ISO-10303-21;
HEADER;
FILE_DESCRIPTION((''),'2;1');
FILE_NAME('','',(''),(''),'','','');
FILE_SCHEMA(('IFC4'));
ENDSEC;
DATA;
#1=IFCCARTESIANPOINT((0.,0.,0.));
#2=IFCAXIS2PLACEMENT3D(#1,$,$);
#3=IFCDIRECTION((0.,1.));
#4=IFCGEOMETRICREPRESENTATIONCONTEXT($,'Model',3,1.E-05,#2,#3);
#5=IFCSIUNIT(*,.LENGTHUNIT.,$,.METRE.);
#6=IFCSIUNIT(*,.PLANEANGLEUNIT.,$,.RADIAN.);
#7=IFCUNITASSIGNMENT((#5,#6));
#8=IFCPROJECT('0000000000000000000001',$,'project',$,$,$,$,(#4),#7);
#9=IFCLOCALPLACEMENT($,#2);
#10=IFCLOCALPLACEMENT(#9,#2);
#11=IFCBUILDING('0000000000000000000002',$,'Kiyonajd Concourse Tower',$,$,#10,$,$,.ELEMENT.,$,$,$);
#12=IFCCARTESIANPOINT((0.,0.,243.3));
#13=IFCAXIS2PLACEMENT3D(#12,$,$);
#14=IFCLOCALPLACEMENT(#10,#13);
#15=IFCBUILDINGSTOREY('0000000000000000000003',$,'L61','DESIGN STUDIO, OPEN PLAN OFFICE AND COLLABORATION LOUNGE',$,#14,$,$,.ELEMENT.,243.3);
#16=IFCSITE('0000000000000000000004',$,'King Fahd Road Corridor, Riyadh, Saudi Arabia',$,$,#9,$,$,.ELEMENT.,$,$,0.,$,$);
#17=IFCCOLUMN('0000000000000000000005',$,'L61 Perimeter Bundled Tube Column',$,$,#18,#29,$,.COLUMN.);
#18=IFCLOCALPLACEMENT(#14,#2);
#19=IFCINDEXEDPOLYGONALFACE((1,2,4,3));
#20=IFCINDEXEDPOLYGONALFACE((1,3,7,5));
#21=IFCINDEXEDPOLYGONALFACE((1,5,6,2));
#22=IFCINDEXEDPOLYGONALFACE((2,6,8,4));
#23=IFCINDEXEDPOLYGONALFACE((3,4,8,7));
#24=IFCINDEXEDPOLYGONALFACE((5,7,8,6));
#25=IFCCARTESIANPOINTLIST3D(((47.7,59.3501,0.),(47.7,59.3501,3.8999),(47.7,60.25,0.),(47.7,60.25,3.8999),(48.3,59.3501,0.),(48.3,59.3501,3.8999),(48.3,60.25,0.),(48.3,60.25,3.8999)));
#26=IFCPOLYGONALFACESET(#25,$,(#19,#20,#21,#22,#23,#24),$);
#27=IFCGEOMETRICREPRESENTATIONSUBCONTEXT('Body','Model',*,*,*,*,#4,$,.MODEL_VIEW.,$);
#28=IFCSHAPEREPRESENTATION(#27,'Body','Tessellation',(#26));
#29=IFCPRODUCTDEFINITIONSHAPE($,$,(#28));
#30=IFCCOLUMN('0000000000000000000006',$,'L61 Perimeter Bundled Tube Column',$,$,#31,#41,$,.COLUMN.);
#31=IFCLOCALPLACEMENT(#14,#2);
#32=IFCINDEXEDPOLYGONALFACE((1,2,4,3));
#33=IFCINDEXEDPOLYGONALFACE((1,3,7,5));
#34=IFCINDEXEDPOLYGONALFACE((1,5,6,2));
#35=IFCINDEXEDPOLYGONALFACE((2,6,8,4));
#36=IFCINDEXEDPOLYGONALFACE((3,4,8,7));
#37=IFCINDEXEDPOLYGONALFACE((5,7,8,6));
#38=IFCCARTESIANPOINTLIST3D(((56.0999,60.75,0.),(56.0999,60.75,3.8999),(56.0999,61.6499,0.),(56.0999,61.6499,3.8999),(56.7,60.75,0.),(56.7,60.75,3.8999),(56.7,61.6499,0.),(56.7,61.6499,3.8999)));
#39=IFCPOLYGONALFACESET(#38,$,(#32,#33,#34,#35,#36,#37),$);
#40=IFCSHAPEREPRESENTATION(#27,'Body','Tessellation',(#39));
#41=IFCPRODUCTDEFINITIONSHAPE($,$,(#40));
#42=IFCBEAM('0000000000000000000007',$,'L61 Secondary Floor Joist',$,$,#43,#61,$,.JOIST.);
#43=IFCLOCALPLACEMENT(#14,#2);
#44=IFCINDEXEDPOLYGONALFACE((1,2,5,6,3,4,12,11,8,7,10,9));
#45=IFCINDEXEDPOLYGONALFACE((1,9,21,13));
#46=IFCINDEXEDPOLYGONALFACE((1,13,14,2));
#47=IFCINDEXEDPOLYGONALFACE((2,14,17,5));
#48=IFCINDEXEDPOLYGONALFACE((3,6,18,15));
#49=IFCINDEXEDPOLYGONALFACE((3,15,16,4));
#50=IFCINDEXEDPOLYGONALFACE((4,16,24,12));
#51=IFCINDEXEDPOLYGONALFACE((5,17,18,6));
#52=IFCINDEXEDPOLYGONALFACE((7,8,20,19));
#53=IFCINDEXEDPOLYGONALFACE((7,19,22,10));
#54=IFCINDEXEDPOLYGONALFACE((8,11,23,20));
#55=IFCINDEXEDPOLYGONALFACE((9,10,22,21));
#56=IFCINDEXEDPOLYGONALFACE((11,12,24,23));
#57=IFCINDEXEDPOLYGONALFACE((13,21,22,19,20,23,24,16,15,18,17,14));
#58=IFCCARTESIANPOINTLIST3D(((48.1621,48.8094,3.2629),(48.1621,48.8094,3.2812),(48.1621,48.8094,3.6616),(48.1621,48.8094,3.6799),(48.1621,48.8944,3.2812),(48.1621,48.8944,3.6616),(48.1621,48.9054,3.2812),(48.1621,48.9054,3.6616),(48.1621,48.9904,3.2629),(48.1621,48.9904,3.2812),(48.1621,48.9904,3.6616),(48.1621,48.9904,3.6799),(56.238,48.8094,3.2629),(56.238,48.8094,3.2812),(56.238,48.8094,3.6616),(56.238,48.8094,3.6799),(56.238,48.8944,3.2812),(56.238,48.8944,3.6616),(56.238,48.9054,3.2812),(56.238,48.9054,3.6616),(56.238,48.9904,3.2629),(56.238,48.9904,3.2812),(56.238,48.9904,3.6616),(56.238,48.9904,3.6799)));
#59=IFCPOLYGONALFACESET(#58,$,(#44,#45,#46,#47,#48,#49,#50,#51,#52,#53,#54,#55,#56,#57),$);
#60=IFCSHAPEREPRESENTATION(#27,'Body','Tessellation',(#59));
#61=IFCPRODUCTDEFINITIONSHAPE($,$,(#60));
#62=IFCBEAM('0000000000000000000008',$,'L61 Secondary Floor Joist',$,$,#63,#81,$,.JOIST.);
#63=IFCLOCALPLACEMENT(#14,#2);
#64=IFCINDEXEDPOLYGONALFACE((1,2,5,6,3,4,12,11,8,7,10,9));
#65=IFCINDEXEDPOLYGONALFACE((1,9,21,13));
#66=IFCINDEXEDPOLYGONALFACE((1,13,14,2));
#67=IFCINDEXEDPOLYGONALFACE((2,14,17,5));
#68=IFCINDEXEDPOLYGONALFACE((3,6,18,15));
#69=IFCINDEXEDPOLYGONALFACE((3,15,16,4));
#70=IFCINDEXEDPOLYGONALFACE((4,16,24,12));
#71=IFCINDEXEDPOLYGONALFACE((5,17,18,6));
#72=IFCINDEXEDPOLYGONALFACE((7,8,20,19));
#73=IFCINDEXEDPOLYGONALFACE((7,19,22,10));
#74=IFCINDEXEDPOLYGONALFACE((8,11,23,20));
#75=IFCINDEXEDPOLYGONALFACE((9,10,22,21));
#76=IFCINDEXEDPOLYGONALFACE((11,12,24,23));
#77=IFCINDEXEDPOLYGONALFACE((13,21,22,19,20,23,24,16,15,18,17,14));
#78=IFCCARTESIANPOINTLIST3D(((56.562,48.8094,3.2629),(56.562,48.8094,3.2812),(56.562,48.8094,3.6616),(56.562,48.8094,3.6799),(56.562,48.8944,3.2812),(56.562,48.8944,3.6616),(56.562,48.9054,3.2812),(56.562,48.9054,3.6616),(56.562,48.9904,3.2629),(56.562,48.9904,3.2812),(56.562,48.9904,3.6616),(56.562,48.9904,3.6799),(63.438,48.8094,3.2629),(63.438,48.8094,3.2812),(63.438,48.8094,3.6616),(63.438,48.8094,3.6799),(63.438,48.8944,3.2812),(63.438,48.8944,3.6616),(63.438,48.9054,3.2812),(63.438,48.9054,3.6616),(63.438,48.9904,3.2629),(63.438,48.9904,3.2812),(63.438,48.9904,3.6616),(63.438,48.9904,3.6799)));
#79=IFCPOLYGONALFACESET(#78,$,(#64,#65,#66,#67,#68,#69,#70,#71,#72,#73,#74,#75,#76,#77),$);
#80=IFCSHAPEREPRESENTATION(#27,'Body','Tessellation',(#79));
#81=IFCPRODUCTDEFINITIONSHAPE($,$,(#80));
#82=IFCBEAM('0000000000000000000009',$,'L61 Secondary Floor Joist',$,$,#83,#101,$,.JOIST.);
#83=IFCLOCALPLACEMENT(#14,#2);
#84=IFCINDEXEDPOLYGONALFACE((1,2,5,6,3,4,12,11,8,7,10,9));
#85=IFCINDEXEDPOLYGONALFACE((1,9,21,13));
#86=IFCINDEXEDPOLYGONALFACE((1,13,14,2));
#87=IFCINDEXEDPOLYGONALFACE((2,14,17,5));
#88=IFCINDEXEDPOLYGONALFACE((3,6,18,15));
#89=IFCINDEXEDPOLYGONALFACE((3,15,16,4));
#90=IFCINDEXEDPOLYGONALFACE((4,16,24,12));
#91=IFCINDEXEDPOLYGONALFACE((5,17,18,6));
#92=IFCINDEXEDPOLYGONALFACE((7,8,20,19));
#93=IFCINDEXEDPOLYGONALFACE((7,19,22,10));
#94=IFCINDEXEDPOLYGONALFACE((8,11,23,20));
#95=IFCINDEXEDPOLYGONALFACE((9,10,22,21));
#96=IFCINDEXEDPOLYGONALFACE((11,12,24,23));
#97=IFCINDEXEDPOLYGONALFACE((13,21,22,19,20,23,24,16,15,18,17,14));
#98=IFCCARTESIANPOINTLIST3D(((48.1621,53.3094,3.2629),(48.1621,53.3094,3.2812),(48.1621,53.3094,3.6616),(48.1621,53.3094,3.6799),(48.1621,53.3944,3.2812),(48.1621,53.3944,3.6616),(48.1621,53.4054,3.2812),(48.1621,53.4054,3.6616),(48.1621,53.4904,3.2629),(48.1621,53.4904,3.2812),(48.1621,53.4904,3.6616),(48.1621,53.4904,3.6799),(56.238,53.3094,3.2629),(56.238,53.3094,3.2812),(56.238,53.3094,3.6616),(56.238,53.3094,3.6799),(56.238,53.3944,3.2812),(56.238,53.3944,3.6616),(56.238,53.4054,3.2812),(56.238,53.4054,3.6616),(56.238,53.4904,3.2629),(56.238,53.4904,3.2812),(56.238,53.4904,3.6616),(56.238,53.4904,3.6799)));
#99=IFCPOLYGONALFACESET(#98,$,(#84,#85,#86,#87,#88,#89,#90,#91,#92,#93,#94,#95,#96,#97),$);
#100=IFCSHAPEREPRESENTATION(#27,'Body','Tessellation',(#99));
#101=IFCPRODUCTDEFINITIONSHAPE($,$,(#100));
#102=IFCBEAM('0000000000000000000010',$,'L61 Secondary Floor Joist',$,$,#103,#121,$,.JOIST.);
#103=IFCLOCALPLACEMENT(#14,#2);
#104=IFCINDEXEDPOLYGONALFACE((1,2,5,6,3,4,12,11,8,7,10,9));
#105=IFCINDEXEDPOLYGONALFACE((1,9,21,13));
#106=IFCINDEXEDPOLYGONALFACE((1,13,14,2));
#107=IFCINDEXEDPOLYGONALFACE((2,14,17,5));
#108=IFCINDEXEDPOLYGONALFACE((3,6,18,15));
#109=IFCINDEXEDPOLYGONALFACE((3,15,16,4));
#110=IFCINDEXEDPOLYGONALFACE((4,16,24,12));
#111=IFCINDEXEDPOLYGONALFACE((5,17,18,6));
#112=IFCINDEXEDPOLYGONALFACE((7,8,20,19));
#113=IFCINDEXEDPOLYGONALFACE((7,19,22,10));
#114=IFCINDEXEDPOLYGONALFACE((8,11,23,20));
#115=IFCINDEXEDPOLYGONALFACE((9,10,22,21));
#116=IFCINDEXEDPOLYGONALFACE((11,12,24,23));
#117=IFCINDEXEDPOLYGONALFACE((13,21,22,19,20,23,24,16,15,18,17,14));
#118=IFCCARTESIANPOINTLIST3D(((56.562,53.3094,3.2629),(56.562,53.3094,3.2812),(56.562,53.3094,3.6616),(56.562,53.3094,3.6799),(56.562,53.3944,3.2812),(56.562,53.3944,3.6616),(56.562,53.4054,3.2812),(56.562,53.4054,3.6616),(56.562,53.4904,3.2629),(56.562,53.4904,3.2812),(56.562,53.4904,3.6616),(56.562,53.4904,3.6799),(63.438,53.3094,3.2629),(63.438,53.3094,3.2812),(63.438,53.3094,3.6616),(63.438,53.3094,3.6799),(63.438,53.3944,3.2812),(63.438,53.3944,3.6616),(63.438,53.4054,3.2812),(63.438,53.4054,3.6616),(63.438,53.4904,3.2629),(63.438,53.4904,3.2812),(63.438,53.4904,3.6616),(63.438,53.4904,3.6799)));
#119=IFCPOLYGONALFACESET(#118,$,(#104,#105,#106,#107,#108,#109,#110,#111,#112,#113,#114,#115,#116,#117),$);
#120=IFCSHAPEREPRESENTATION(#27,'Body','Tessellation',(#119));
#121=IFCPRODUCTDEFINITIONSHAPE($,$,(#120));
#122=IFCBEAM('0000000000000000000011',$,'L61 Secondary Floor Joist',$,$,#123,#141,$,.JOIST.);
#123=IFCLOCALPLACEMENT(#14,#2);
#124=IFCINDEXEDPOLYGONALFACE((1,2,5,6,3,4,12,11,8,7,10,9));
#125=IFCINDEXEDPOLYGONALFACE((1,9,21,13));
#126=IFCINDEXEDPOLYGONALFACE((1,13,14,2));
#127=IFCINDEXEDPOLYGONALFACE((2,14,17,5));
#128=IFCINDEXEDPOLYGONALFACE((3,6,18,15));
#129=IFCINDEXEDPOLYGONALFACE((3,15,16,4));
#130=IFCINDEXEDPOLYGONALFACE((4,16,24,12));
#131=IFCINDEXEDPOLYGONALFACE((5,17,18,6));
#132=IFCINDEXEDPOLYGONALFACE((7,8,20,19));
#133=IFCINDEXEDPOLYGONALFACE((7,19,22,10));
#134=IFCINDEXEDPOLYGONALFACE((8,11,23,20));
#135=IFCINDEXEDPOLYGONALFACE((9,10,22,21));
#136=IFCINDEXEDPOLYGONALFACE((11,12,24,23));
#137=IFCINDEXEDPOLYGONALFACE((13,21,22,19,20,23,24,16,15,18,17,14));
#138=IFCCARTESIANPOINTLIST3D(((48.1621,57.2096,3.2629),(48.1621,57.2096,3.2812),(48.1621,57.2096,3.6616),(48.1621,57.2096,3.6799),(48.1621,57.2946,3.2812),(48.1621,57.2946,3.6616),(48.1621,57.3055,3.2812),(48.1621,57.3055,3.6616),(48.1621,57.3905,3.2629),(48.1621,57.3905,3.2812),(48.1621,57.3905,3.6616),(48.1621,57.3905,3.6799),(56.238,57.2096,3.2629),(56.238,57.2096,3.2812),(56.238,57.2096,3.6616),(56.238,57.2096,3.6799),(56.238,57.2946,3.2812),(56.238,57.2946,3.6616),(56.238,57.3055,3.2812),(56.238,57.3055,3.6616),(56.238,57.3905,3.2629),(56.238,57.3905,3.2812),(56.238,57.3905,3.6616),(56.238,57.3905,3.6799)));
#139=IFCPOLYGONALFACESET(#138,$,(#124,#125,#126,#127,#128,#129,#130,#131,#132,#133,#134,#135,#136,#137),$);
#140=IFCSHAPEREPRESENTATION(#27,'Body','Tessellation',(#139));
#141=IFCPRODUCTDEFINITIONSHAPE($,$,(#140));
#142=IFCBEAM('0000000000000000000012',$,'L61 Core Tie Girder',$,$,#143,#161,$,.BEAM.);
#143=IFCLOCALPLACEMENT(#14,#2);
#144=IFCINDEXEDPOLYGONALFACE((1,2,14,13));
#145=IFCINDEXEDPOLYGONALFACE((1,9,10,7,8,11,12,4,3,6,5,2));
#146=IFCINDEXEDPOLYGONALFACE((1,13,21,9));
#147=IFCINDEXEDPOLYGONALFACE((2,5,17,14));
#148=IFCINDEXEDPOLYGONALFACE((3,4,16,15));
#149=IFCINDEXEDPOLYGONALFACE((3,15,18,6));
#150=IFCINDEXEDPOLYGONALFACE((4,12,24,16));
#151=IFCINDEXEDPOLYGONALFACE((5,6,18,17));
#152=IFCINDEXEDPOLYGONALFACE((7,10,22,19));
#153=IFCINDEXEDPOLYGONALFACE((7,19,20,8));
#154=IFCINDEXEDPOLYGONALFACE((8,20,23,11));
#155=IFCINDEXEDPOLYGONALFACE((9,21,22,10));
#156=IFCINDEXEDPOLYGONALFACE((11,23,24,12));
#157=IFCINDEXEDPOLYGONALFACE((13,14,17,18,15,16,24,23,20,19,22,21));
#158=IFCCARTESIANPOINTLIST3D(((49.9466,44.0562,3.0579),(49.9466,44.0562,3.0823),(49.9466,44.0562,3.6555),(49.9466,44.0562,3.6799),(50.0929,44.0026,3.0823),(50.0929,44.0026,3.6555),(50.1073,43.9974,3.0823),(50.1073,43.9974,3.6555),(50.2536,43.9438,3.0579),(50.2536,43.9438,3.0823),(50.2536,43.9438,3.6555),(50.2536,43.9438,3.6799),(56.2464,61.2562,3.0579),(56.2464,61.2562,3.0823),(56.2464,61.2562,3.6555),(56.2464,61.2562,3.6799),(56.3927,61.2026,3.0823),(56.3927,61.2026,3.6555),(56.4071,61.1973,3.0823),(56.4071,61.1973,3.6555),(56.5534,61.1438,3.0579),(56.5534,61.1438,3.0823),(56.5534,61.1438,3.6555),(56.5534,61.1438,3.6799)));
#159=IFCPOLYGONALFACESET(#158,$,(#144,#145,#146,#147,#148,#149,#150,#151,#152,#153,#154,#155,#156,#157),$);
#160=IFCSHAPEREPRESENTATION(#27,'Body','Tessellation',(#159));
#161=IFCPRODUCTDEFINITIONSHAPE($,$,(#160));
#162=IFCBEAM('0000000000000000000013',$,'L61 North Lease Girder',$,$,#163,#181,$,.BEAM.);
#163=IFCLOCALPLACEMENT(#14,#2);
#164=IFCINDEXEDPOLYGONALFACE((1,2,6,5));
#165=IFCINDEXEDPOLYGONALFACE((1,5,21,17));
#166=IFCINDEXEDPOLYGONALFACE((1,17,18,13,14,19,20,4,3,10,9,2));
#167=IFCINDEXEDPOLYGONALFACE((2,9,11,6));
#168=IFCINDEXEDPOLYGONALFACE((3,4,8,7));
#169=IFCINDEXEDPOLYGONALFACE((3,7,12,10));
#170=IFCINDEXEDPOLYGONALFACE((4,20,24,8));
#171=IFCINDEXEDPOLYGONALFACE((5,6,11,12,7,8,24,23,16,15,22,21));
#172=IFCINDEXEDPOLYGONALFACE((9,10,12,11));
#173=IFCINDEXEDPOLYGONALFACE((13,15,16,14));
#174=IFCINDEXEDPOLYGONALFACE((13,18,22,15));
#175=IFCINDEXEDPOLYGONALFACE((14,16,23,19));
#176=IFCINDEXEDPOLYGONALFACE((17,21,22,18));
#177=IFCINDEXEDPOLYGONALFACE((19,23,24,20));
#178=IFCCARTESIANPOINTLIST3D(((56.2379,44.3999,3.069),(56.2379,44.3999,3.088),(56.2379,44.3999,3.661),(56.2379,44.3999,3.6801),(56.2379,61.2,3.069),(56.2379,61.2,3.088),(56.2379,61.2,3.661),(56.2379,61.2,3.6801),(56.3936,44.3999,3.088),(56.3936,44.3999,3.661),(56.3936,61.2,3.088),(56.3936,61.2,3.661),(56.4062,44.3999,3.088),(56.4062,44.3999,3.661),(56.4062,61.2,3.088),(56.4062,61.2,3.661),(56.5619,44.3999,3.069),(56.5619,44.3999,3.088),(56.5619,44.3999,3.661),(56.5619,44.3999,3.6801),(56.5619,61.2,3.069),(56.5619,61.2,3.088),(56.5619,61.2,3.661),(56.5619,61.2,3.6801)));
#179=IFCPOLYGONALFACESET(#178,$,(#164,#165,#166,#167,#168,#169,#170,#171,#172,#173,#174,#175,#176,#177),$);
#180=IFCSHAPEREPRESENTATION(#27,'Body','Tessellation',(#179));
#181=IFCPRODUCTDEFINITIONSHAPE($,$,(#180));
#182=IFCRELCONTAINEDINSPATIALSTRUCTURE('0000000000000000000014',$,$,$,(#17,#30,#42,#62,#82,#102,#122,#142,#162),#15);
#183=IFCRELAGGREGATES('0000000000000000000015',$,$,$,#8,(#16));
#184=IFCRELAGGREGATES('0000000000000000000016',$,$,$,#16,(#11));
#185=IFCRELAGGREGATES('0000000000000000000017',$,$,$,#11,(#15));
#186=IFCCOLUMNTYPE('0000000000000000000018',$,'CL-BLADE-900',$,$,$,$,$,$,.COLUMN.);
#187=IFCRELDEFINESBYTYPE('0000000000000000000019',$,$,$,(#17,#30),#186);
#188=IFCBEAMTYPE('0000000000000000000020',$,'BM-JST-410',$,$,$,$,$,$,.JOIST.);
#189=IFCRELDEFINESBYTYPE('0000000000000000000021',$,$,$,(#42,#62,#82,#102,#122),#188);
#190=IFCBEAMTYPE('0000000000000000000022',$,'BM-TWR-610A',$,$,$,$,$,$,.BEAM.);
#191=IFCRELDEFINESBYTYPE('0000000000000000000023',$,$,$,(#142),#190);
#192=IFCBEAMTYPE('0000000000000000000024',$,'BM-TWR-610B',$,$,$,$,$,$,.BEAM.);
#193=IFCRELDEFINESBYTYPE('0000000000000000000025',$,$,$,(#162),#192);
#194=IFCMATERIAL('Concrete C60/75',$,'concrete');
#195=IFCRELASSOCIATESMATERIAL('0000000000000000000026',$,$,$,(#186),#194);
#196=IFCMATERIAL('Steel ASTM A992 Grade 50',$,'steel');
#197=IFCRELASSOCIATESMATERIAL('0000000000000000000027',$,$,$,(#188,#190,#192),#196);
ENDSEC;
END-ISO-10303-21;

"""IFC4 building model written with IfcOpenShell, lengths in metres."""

from ifc_helpers import new_model, si_unit, direction, frame, origin, origin_2d, place, context, subcontext, project, spatial, rectangle, i_section, extrude, material, material_profile, profile_set, type_object, element, save


model = new_model("IFC4")

# Units and contexts
model_context = context("Model", 3, precision=1e-05, world=origin(), true_north=direction((0.0, 1.0)))
body_context = subcontext(model_context, "Body", "Model", "MODEL_VIEW")
ifc_project = project(units=[si_unit("LENGTHUNIT", "METRE"), si_unit("PLANEANGLEUNIT", "RADIAN")], contexts=[model_context])

# Site, building, storey
site_placement = place(None, origin())
site = spatial("IfcSite", under=ifc_project, at=site_placement, Name="King Fahd Road Corridor, Riyadh, Saudi Arabia", CompositionType="ELEMENT", RefElevation=0.0)
building_placement = place(site_placement, origin())
building = spatial("IfcBuilding", under=site, at=building_placement, Name="Kiyonajd Concourse Tower", CompositionType="ELEMENT")
storey_placement = place(building_placement, frame((0.0, 0.0, 243.3)))
storey = spatial("IfcBuildingStorey", under=building, at=storey_placement, Name="L61", Description="DESIGN STUDIO, OPEN PLAN OFFICE AND COLLABORATION LOUNGE", CompositionType="ELEMENT", Elevation=243.3)

# Columns
ifc_material_1 = material(Name="Concrete C60/75", Category="concrete")
ifc_material_profile_1 = material_profile(ifc_material_1, rectangle(XDim=0.6001, YDim=0.8999, at=origin_2d()), Name="RC-900x600")
ifc_profile_set_1 = profile_set([ifc_material_profile_1], Name="Concrete C60/75")
column_type = type_object("IfcColumnType", Name="CL-BLADE-900", PredefinedType="COLUMN", material=ifc_profile_set_1)
for number, where, z_axis, x_axis, name in (
    (1, (48.0, 59.8, 0.0), (0.0, 0.0, 1.0), (1.0, 0.0, 0.0), "L61 Perimeter Bundled Tube Column"),
    (2, (56.3999, 61.2, 0.0), (0.0, 0.0, 1.0), (1.0, 0.0, 0.0), "L61 Perimeter Bundled Tube Column"),
):
    element("IfcColumn", number, at=place(storey_placement, frame(where, z_axis=z_axis, x_axis=x_axis)), inside=storey, type_object=column_type, Name=name, PredefinedType="COLUMN", context=body_context, shape_type="SweptSolid", body=[
        extrude(rectangle(XDim=0.6001, YDim=0.8999, at=origin_2d()), origin(), (0.0, 0.0, 1.0), 3.8999),
    ])

# Beams
ifc_material_2 = material(Name="Steel ASTM A992 Grade 50", Category="steel")
ifc_material_profile_2 = material_profile(ifc_material_2, i_section(OverallWidth=0.1809, OverallDepth=0.417, WebThickness=0.011, FlangeThickness=0.0183, at=origin_2d()), Name="W410X85")
ifc_profile_set_2 = profile_set([ifc_material_profile_2], Name="Steel ASTM A992 Grade 50")
beam_type_1 = type_object("IfcBeamType", Name="BM-JST-410", PredefinedType="JOIST", material=ifc_profile_set_2)
beam_1_placement = place(storey_placement, frame((48.1621, 48.8999, 3.4714), z_axis=(1.0, 0.0, 0.0), x_axis=(0.0, 1.0, 0.0)))
element("IfcBeam", 3, at=beam_1_placement, inside=storey, type_object=beam_type_1, Name="L61 Secondary Floor Joist", PredefinedType="JOIST", context=body_context, shape_type="SweptSolid", body=[
    extrude(i_section(OverallWidth=0.1809, OverallDepth=0.417, WebThickness=0.011, FlangeThickness=0.0183, at=origin_2d()), origin(), (0.0, 0.0, 1.0), 8.0759),
])
beam_2_placement = place(storey_placement, frame((56.562, 48.8999, 3.4714), z_axis=(1.0, 0.0, 0.0), x_axis=(0.0, 1.0, 0.0)))
element("IfcBeam", 4, at=beam_2_placement, inside=storey, type_object=beam_type_1, Name="L61 Secondary Floor Joist", PredefinedType="JOIST", context=body_context, shape_type="SweptSolid", body=[
    extrude(i_section(OverallWidth=0.1809, OverallDepth=0.417, WebThickness=0.011, FlangeThickness=0.0183, at=origin_2d()), origin(), (0.0, 0.0, 1.0), 6.876),
])
beam_3_placement = place(storey_placement, frame((48.1621, 53.3999, 3.4714), z_axis=(1.0, 0.0, 0.0), x_axis=(0.0, 1.0, 0.0)))
element("IfcBeam", 5, at=beam_3_placement, inside=storey, type_object=beam_type_1, Name="L61 Secondary Floor Joist", PredefinedType="JOIST", context=body_context, shape_type="SweptSolid", body=[
    extrude(i_section(OverallWidth=0.1809, OverallDepth=0.417, WebThickness=0.011, FlangeThickness=0.0183, at=origin_2d()), origin(), (0.0, 0.0, 1.0), 8.0759),
])
beam_4_placement = place(storey_placement, frame((56.562, 53.3999, 3.4714), z_axis=(1.0, 0.0, 0.0), x_axis=(0.0, 1.0, 0.0)))
element("IfcBeam", 6, at=beam_4_placement, inside=storey, type_object=beam_type_1, Name="L61 Secondary Floor Joist", PredefinedType="JOIST", context=body_context, shape_type="SweptSolid", body=[
    extrude(i_section(OverallWidth=0.1809, OverallDepth=0.417, WebThickness=0.011, FlangeThickness=0.0183, at=origin_2d()), origin(), (0.0, 0.0, 1.0), 6.876),
])
beam_5_placement = place(storey_placement, frame((48.1621, 57.3, 3.4714), z_axis=(1.0, 0.0, 0.0), x_axis=(0.0, 1.0, 0.0)))
element("IfcBeam", 7, at=beam_5_placement, inside=storey, type_object=beam_type_1, Name="L61 Secondary Floor Joist", PredefinedType="JOIST", context=body_context, shape_type="SweptSolid", body=[
    extrude(i_section(OverallWidth=0.1809, OverallDepth=0.417, WebThickness=0.011, FlangeThickness=0.0183, at=origin_2d()), origin(), (0.0, 0.0, 1.0), 8.0759),
])
ifc_material_profile_3 = material_profile(ifc_material_2, i_section(OverallWidth=0.3269, OverallDepth=0.6221, WebThickness=0.0154, FlangeThickness=0.0244, at=origin_2d()), Name="W610X195")
ifc_profile_set_3 = profile_set([ifc_material_profile_3], Name="Steel ASTM A992 Grade 50")
beam_type_2 = type_object("IfcBeamType", Name="BM-TWR-610A", PredefinedType="BEAM", material=ifc_profile_set_3)
beam_6_placement = place(storey_placement, frame((50.1001, 44.0, 3.3689), z_axis=(0.343925, 0.938997, 0.0), x_axis=(-0.938997, 0.343925, 0.0)))
element("IfcBeam", 8, at=beam_6_placement, inside=storey, type_object=beam_type_2, Name="L61 Core Tie Girder", PredefinedType="BEAM", context=body_context, shape_type="SweptSolid", body=[
    extrude(i_section(OverallWidth=0.3269, OverallDepth=0.6221, WebThickness=0.0154, FlangeThickness=0.0244, at=origin_2d()), origin(), (0.0, 0.0, 1.0), 18.3174),
])
ifc_material_profile_4 = material_profile(ifc_material_2, i_section(OverallWidth=0.324, OverallDepth=0.6111, WebThickness=0.0127, FlangeThickness=0.019, at=origin_2d()), Name="W610X155")
ifc_profile_set_4 = profile_set([ifc_material_profile_4], Name="Steel ASTM A992 Grade 50")
beam_type_3 = type_object("IfcBeamType", Name="BM-TWR-610B", PredefinedType="BEAM", material=ifc_profile_set_4)
beam_7_placement = place(storey_placement, frame((56.3999, 44.3999, 3.3745), z_axis=(0.0, 1.0, 0.0), x_axis=(-1.0, 0.0, 0.0)))
element("IfcBeam", 9, at=beam_7_placement, inside=storey, type_object=beam_type_3, Name="L61 North Lease Girder", PredefinedType="BEAM", context=body_context, shape_type="SweptSolid", body=[
    extrude(i_section(OverallWidth=0.324, OverallDepth=0.6111, WebThickness=0.0127, FlangeThickness=0.019, at=origin_2d()), origin(), (0.0, 0.0, 1.0), 16.8),
])

save(model, "model.ifc")
